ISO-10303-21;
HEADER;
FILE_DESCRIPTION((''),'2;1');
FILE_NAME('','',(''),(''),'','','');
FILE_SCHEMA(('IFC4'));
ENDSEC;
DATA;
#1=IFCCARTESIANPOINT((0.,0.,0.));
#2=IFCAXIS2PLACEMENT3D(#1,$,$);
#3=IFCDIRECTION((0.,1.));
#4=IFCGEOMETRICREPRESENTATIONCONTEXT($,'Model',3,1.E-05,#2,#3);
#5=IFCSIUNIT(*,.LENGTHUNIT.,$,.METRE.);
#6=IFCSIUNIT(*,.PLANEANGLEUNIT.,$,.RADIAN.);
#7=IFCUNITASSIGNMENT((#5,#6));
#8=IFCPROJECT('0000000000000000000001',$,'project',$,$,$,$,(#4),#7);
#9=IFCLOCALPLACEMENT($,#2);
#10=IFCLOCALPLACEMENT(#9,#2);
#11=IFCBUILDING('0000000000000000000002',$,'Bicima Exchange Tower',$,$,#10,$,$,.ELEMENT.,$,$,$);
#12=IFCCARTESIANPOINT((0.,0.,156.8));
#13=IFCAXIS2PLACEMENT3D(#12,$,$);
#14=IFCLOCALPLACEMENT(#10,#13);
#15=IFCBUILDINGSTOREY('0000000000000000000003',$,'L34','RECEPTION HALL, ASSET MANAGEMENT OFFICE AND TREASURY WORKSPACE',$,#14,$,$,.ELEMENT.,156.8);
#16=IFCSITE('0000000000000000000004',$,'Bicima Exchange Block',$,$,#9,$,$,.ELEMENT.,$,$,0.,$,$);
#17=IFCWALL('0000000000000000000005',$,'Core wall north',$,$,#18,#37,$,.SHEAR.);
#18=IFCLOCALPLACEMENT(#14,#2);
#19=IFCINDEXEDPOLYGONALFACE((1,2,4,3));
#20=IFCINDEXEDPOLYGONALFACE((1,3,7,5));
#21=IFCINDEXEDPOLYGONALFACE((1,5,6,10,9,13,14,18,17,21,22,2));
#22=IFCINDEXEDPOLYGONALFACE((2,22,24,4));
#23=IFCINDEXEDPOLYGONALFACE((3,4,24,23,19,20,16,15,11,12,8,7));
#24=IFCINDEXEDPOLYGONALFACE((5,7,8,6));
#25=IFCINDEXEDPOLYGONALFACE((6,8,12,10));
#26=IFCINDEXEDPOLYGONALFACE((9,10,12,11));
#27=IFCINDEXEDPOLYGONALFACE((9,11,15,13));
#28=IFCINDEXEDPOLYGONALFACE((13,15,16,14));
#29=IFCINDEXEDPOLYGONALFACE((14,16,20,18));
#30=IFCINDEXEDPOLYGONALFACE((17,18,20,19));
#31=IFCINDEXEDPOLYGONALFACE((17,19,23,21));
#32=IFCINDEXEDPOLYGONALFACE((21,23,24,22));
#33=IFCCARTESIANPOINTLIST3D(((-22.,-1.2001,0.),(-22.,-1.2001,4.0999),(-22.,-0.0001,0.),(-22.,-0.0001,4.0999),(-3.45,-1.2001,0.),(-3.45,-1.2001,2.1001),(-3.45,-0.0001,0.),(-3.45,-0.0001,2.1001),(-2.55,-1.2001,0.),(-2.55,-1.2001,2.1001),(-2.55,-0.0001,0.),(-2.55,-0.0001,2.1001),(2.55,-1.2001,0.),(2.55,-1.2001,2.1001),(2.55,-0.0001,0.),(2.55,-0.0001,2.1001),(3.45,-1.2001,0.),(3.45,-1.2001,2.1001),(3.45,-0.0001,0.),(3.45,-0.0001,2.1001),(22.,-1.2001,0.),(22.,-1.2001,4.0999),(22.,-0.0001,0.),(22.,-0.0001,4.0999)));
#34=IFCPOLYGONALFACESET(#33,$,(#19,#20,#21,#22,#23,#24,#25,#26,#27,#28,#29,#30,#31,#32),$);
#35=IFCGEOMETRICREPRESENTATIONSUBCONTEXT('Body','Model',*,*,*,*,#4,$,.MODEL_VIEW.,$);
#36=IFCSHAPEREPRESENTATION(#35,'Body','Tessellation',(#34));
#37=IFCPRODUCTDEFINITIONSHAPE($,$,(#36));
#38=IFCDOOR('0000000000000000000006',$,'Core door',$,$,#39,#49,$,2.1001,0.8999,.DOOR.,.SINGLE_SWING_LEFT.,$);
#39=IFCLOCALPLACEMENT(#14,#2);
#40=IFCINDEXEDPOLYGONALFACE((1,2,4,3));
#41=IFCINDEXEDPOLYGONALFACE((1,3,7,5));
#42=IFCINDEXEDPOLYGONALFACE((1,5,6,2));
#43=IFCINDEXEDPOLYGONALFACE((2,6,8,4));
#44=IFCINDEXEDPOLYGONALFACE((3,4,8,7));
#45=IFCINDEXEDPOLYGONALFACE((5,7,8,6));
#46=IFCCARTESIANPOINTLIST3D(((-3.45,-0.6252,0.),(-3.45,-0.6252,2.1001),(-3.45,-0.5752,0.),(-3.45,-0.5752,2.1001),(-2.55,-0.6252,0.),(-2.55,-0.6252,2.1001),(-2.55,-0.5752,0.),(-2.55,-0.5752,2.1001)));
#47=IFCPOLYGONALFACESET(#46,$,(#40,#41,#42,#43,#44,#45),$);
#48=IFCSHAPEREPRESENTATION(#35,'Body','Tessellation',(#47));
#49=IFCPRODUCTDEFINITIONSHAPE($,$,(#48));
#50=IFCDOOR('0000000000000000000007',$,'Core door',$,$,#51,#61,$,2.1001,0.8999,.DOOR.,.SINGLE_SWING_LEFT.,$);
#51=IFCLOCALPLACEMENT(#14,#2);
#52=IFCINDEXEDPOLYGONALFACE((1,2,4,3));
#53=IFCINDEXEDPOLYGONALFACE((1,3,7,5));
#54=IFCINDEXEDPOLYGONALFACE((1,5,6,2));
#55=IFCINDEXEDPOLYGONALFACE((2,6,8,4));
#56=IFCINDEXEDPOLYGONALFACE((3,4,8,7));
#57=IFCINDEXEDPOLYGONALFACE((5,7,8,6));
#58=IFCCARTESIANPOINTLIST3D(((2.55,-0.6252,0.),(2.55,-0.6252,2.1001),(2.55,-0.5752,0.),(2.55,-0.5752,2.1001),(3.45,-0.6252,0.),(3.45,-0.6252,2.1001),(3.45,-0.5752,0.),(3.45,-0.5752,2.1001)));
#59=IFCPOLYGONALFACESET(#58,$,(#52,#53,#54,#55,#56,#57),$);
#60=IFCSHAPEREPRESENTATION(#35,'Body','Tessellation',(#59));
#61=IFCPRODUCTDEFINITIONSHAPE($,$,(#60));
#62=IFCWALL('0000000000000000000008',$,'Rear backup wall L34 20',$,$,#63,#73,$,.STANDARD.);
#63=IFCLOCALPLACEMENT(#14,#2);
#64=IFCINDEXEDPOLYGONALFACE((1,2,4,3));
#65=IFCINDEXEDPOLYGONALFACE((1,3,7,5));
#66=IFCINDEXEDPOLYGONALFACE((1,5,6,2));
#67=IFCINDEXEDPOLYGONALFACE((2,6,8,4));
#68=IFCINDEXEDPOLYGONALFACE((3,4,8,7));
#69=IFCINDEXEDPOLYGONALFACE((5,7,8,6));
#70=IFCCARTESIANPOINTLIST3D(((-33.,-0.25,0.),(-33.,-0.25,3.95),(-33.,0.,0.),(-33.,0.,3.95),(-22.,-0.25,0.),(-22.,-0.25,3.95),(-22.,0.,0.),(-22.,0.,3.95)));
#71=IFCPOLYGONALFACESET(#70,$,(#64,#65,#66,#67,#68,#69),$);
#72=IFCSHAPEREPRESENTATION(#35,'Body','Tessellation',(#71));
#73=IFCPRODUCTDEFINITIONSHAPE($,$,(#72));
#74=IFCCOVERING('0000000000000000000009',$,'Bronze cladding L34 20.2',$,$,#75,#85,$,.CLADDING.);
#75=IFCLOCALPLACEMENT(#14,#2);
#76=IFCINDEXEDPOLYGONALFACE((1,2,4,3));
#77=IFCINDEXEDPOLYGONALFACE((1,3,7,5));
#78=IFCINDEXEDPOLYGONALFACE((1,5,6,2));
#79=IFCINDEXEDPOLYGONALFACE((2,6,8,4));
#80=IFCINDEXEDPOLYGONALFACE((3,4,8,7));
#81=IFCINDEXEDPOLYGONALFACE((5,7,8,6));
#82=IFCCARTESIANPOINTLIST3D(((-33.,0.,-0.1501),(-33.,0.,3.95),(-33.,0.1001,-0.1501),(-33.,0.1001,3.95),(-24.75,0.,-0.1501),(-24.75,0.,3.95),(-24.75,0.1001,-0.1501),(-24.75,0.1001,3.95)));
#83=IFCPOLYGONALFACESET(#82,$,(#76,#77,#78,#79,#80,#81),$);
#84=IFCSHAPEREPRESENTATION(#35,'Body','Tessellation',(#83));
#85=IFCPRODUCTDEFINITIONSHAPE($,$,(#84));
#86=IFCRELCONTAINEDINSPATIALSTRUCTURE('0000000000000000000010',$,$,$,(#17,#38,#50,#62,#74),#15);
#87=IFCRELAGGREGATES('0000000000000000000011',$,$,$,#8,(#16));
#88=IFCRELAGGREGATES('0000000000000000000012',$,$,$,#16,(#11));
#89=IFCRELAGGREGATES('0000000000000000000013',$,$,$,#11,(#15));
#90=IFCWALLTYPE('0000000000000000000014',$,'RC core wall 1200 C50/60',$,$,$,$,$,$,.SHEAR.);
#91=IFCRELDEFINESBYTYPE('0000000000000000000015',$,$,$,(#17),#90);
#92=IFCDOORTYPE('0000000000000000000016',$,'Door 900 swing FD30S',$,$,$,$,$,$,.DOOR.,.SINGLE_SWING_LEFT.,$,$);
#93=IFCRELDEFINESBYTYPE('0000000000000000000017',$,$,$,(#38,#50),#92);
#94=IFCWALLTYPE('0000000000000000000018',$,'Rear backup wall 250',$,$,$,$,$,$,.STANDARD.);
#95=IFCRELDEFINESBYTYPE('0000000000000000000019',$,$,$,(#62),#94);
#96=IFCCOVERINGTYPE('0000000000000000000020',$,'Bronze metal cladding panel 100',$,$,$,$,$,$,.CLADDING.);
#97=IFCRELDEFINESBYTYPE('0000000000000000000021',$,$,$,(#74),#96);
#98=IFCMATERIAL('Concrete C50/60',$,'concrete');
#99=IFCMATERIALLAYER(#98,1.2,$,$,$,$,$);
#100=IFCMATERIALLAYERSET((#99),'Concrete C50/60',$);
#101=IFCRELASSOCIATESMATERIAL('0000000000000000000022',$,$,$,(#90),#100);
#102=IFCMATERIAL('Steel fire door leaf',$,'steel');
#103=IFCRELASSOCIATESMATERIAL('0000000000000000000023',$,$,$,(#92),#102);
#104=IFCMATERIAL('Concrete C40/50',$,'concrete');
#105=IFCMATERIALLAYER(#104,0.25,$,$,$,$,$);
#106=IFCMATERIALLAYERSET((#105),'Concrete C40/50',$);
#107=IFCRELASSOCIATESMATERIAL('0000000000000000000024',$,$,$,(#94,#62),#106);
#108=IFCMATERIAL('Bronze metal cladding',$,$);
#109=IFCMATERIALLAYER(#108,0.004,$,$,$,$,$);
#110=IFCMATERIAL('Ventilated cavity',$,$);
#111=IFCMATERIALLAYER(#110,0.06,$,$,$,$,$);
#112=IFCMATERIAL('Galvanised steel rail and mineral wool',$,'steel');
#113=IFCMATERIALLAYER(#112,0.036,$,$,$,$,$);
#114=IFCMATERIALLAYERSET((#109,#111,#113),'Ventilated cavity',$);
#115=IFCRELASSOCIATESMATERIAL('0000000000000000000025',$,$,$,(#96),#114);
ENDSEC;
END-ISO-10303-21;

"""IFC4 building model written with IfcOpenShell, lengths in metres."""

from ifc_helpers import new_model, si_unit, direction, frame, frame_2d, origin, origin_2d, place, context, subcontext, project, spatial, rectangle, extrude, material, layer, layer_set, layer_usage, type_object, element, fill, save


model = new_model("IFC4")

# Units and contexts
model_context = context("Model", 3, precision=1e-05, world=origin(), true_north=direction((0.0, 1.0)))
body_context = subcontext(model_context, "Body", "Model", "MODEL_VIEW")
ifc_project = project(units=[si_unit("LENGTHUNIT", "METRE"), si_unit("PLANEANGLEUNIT", "RADIAN")], contexts=[model_context])

# Site, building, storey
site_placement = place(None, origin())
site = spatial("IfcSite", under=ifc_project, at=site_placement, Name="Bicima Exchange Block", CompositionType="ELEMENT", RefElevation=0.0)
building_placement = place(site_placement, origin())
building = spatial("IfcBuilding", under=site, at=building_placement, Name="Bicima Exchange Tower", CompositionType="ELEMENT")
storey_placement = place(building_placement, frame((0.0, 0.0, 156.8)))
storey = spatial("IfcBuildingStorey", under=building, at=storey_placement, Name="L34", Description="RECEPTION HALL, ASSET MANAGEMENT OFFICE AND TREASURY WORKSPACE", CompositionType="ELEMENT", Elevation=156.8)

# Wall, openings, doors
ifc_material_1 = material(Name="Concrete C50/60", Category="concrete")
ifc_layer_1 = layer(ifc_material_1, 1.2)
ifc_layer_set_1 = layer_set([ifc_layer_1], Name="Concrete C50/60")
wall_type_1 = type_object("IfcWallType", Name="RC core wall 1200 C50/60", PredefinedType="SHEAR", material=ifc_layer_set_1)
wall_1_placement = place(storey_placement, frame((-22.0, -0.6001, 0.0), z_axis=(0.0, 0.0, 1.0), x_axis=(1.0, 0.0, 0.0)))
wall_1 = element("IfcWall", 1, at=wall_1_placement, inside=storey, type_object=wall_type_1, Name="Core wall north", PredefinedType="SHEAR", context=body_context, shape_type="SweptSolid", body=[
    extrude(rectangle(XDim=44.0, YDim=1.2, at=frame_2d((22.0, 0.0))), origin(), (0.0, 0.0, 1.0), 4.0999),
])
opening_1_placement = place(wall_1_placement, frame((18.55, 0.0, 0.0)))
opening_1 = element("IfcOpeningElement", 2, at=opening_1_placement, cuts=wall_1, PredefinedType="OPENING", context=body_context, shape_type="SweptSolid", body=[
    extrude(rectangle(XDim=0.8999, YDim=2.1001, at=frame_2d((0.45, 1.05))), frame((0.0, 0.6118, 0.0), z_axis=(0.0, -1.0, 0.0), x_axis=(1.0, 0.0, 0.0)), (0.0, 0.0, 1.0), 1.2239),
])
opening_2_placement = place(wall_1_placement, frame((24.55, 0.0, 0.0)))
opening_2 = element("IfcOpeningElement", 3, at=opening_2_placement, cuts=wall_1, PredefinedType="OPENING", context=body_context, shape_type="SweptSolid", body=[
    extrude(rectangle(XDim=0.8999, YDim=2.1001, at=frame_2d((0.45, 1.05))), frame((0.0, 0.6118, 0.0), z_axis=(0.0, -1.0, 0.0), x_axis=(1.0, 0.0, 0.0)), (0.0, 0.0, 1.0), 1.2239),
])
ifc_material_2 = material(Name="Steel fire door leaf", Category="steel")
door_type = type_object("IfcDoorType", Name="Door 900 swing FD30S", OperationType="SINGLE_SWING_LEFT", PredefinedType="DOOR", material=ifc_material_2)
door_1_placement = place(opening_1_placement, origin())
door_1 = element("IfcDoor", 4, at=door_1_placement, inside=storey, type_object=door_type, Name="Core door", OperationType="SINGLE_SWING_LEFT", OverallHeight=2.1001, OverallWidth=0.8999, PredefinedType="DOOR", context=body_context, shape_type="SweptSolid", body=[
    extrude(rectangle(XDim=0.8999, YDim=2.1001, at=frame_2d((0.45, 1.05))), frame((0.0, 0.0249, 0.0), z_axis=(0.0, -1.0, 0.0), x_axis=(1.0, 0.0, 0.0)), (0.0, 0.0, 1.0), 0.05),
])
fill(opening_1, door_1)
door_2_placement = place(opening_2_placement, origin())
door_2 = element("IfcDoor", 5, at=door_2_placement, inside=storey, type_object=door_type, Name="Core door", OperationType="SINGLE_SWING_LEFT", OverallHeight=2.1001, OverallWidth=0.8999, PredefinedType="DOOR", context=body_context, shape_type="SweptSolid", body=[
    extrude(rectangle(XDim=0.8999, YDim=2.1001, at=frame_2d((0.45, 1.05))), frame((0.0, 0.0249, 0.0), z_axis=(0.0, -1.0, 0.0), x_axis=(1.0, 0.0, 0.0)), (0.0, 0.0, 1.0), 0.05),
])
fill(opening_2, door_2)

# Wall
ifc_material_3 = material(Name="Concrete C40/50", Category="concrete")
ifc_layer_2 = layer(ifc_material_3, 0.25)
ifc_layer_set_2 = layer_set([ifc_layer_2], Name="Concrete C40/50")
ifc_layer_usage = layer_usage(ifc_layer_set_2, "AXIS2", "POSITIVE", -0.125)
wall_type_2 = type_object("IfcWallType", Name="Rear backup wall 250", PredefinedType="STANDARD", material=ifc_layer_set_2)
wall_2_placement = place(storey_placement, frame((-22.0, -0.125, 0.0), z_axis=(0.0, 0.0, 1.0), x_axis=(-1.0, 0.0, 0.0)))
element("IfcWall", 6, at=wall_2_placement, inside=storey, type_object=wall_type_2, material=ifc_layer_usage, Name="Rear backup wall L34 20", PredefinedType="STANDARD", context=body_context, shape_type="SweptSolid", body=[
    extrude(rectangle(XDim=11.0, YDim=0.25, at=frame_2d((5.5, 0.0))), origin(), (0.0, 0.0, 1.0), 3.95),
])

# Covering
ifc_material_4 = material(Name="Bronze metal cladding")
ifc_layer_3 = layer(ifc_material_4, 0.004)
ifc_material_5 = material(Name="Ventilated cavity")
ifc_layer_4 = layer(ifc_material_5, 0.06)
ifc_material_6 = material(Name="Galvanised steel rail and mineral wool", Category="steel")
ifc_layer_5 = layer(ifc_material_6, 0.036)
ifc_layer_set_3 = layer_set([ifc_layer_3, ifc_layer_4, ifc_layer_5], Name="Ventilated cavity")
covering_type = type_object("IfcCoveringType", Name="Bronze metal cladding panel 100", PredefinedType="CLADDING", material=ifc_layer_set_3)
covering_placement = place(storey_placement, frame((-28.875, 0.05, -0.1501), z_axis=(0.0, 0.0, 1.0), x_axis=(-1.0, 0.0, 0.0)))
element("IfcCovering", 7, at=covering_placement, inside=storey, type_object=covering_type, Name="Bronze cladding L34 20.2", PredefinedType="CLADDING", context=body_context, shape_type="SweptSolid", body=[
    extrude(rectangle(XDim=8.25, YDim=0.1001, at=origin_2d()), origin(), (0.0, 0.0, 1.0), 4.1001),
])

save(model, "model.ifc")
